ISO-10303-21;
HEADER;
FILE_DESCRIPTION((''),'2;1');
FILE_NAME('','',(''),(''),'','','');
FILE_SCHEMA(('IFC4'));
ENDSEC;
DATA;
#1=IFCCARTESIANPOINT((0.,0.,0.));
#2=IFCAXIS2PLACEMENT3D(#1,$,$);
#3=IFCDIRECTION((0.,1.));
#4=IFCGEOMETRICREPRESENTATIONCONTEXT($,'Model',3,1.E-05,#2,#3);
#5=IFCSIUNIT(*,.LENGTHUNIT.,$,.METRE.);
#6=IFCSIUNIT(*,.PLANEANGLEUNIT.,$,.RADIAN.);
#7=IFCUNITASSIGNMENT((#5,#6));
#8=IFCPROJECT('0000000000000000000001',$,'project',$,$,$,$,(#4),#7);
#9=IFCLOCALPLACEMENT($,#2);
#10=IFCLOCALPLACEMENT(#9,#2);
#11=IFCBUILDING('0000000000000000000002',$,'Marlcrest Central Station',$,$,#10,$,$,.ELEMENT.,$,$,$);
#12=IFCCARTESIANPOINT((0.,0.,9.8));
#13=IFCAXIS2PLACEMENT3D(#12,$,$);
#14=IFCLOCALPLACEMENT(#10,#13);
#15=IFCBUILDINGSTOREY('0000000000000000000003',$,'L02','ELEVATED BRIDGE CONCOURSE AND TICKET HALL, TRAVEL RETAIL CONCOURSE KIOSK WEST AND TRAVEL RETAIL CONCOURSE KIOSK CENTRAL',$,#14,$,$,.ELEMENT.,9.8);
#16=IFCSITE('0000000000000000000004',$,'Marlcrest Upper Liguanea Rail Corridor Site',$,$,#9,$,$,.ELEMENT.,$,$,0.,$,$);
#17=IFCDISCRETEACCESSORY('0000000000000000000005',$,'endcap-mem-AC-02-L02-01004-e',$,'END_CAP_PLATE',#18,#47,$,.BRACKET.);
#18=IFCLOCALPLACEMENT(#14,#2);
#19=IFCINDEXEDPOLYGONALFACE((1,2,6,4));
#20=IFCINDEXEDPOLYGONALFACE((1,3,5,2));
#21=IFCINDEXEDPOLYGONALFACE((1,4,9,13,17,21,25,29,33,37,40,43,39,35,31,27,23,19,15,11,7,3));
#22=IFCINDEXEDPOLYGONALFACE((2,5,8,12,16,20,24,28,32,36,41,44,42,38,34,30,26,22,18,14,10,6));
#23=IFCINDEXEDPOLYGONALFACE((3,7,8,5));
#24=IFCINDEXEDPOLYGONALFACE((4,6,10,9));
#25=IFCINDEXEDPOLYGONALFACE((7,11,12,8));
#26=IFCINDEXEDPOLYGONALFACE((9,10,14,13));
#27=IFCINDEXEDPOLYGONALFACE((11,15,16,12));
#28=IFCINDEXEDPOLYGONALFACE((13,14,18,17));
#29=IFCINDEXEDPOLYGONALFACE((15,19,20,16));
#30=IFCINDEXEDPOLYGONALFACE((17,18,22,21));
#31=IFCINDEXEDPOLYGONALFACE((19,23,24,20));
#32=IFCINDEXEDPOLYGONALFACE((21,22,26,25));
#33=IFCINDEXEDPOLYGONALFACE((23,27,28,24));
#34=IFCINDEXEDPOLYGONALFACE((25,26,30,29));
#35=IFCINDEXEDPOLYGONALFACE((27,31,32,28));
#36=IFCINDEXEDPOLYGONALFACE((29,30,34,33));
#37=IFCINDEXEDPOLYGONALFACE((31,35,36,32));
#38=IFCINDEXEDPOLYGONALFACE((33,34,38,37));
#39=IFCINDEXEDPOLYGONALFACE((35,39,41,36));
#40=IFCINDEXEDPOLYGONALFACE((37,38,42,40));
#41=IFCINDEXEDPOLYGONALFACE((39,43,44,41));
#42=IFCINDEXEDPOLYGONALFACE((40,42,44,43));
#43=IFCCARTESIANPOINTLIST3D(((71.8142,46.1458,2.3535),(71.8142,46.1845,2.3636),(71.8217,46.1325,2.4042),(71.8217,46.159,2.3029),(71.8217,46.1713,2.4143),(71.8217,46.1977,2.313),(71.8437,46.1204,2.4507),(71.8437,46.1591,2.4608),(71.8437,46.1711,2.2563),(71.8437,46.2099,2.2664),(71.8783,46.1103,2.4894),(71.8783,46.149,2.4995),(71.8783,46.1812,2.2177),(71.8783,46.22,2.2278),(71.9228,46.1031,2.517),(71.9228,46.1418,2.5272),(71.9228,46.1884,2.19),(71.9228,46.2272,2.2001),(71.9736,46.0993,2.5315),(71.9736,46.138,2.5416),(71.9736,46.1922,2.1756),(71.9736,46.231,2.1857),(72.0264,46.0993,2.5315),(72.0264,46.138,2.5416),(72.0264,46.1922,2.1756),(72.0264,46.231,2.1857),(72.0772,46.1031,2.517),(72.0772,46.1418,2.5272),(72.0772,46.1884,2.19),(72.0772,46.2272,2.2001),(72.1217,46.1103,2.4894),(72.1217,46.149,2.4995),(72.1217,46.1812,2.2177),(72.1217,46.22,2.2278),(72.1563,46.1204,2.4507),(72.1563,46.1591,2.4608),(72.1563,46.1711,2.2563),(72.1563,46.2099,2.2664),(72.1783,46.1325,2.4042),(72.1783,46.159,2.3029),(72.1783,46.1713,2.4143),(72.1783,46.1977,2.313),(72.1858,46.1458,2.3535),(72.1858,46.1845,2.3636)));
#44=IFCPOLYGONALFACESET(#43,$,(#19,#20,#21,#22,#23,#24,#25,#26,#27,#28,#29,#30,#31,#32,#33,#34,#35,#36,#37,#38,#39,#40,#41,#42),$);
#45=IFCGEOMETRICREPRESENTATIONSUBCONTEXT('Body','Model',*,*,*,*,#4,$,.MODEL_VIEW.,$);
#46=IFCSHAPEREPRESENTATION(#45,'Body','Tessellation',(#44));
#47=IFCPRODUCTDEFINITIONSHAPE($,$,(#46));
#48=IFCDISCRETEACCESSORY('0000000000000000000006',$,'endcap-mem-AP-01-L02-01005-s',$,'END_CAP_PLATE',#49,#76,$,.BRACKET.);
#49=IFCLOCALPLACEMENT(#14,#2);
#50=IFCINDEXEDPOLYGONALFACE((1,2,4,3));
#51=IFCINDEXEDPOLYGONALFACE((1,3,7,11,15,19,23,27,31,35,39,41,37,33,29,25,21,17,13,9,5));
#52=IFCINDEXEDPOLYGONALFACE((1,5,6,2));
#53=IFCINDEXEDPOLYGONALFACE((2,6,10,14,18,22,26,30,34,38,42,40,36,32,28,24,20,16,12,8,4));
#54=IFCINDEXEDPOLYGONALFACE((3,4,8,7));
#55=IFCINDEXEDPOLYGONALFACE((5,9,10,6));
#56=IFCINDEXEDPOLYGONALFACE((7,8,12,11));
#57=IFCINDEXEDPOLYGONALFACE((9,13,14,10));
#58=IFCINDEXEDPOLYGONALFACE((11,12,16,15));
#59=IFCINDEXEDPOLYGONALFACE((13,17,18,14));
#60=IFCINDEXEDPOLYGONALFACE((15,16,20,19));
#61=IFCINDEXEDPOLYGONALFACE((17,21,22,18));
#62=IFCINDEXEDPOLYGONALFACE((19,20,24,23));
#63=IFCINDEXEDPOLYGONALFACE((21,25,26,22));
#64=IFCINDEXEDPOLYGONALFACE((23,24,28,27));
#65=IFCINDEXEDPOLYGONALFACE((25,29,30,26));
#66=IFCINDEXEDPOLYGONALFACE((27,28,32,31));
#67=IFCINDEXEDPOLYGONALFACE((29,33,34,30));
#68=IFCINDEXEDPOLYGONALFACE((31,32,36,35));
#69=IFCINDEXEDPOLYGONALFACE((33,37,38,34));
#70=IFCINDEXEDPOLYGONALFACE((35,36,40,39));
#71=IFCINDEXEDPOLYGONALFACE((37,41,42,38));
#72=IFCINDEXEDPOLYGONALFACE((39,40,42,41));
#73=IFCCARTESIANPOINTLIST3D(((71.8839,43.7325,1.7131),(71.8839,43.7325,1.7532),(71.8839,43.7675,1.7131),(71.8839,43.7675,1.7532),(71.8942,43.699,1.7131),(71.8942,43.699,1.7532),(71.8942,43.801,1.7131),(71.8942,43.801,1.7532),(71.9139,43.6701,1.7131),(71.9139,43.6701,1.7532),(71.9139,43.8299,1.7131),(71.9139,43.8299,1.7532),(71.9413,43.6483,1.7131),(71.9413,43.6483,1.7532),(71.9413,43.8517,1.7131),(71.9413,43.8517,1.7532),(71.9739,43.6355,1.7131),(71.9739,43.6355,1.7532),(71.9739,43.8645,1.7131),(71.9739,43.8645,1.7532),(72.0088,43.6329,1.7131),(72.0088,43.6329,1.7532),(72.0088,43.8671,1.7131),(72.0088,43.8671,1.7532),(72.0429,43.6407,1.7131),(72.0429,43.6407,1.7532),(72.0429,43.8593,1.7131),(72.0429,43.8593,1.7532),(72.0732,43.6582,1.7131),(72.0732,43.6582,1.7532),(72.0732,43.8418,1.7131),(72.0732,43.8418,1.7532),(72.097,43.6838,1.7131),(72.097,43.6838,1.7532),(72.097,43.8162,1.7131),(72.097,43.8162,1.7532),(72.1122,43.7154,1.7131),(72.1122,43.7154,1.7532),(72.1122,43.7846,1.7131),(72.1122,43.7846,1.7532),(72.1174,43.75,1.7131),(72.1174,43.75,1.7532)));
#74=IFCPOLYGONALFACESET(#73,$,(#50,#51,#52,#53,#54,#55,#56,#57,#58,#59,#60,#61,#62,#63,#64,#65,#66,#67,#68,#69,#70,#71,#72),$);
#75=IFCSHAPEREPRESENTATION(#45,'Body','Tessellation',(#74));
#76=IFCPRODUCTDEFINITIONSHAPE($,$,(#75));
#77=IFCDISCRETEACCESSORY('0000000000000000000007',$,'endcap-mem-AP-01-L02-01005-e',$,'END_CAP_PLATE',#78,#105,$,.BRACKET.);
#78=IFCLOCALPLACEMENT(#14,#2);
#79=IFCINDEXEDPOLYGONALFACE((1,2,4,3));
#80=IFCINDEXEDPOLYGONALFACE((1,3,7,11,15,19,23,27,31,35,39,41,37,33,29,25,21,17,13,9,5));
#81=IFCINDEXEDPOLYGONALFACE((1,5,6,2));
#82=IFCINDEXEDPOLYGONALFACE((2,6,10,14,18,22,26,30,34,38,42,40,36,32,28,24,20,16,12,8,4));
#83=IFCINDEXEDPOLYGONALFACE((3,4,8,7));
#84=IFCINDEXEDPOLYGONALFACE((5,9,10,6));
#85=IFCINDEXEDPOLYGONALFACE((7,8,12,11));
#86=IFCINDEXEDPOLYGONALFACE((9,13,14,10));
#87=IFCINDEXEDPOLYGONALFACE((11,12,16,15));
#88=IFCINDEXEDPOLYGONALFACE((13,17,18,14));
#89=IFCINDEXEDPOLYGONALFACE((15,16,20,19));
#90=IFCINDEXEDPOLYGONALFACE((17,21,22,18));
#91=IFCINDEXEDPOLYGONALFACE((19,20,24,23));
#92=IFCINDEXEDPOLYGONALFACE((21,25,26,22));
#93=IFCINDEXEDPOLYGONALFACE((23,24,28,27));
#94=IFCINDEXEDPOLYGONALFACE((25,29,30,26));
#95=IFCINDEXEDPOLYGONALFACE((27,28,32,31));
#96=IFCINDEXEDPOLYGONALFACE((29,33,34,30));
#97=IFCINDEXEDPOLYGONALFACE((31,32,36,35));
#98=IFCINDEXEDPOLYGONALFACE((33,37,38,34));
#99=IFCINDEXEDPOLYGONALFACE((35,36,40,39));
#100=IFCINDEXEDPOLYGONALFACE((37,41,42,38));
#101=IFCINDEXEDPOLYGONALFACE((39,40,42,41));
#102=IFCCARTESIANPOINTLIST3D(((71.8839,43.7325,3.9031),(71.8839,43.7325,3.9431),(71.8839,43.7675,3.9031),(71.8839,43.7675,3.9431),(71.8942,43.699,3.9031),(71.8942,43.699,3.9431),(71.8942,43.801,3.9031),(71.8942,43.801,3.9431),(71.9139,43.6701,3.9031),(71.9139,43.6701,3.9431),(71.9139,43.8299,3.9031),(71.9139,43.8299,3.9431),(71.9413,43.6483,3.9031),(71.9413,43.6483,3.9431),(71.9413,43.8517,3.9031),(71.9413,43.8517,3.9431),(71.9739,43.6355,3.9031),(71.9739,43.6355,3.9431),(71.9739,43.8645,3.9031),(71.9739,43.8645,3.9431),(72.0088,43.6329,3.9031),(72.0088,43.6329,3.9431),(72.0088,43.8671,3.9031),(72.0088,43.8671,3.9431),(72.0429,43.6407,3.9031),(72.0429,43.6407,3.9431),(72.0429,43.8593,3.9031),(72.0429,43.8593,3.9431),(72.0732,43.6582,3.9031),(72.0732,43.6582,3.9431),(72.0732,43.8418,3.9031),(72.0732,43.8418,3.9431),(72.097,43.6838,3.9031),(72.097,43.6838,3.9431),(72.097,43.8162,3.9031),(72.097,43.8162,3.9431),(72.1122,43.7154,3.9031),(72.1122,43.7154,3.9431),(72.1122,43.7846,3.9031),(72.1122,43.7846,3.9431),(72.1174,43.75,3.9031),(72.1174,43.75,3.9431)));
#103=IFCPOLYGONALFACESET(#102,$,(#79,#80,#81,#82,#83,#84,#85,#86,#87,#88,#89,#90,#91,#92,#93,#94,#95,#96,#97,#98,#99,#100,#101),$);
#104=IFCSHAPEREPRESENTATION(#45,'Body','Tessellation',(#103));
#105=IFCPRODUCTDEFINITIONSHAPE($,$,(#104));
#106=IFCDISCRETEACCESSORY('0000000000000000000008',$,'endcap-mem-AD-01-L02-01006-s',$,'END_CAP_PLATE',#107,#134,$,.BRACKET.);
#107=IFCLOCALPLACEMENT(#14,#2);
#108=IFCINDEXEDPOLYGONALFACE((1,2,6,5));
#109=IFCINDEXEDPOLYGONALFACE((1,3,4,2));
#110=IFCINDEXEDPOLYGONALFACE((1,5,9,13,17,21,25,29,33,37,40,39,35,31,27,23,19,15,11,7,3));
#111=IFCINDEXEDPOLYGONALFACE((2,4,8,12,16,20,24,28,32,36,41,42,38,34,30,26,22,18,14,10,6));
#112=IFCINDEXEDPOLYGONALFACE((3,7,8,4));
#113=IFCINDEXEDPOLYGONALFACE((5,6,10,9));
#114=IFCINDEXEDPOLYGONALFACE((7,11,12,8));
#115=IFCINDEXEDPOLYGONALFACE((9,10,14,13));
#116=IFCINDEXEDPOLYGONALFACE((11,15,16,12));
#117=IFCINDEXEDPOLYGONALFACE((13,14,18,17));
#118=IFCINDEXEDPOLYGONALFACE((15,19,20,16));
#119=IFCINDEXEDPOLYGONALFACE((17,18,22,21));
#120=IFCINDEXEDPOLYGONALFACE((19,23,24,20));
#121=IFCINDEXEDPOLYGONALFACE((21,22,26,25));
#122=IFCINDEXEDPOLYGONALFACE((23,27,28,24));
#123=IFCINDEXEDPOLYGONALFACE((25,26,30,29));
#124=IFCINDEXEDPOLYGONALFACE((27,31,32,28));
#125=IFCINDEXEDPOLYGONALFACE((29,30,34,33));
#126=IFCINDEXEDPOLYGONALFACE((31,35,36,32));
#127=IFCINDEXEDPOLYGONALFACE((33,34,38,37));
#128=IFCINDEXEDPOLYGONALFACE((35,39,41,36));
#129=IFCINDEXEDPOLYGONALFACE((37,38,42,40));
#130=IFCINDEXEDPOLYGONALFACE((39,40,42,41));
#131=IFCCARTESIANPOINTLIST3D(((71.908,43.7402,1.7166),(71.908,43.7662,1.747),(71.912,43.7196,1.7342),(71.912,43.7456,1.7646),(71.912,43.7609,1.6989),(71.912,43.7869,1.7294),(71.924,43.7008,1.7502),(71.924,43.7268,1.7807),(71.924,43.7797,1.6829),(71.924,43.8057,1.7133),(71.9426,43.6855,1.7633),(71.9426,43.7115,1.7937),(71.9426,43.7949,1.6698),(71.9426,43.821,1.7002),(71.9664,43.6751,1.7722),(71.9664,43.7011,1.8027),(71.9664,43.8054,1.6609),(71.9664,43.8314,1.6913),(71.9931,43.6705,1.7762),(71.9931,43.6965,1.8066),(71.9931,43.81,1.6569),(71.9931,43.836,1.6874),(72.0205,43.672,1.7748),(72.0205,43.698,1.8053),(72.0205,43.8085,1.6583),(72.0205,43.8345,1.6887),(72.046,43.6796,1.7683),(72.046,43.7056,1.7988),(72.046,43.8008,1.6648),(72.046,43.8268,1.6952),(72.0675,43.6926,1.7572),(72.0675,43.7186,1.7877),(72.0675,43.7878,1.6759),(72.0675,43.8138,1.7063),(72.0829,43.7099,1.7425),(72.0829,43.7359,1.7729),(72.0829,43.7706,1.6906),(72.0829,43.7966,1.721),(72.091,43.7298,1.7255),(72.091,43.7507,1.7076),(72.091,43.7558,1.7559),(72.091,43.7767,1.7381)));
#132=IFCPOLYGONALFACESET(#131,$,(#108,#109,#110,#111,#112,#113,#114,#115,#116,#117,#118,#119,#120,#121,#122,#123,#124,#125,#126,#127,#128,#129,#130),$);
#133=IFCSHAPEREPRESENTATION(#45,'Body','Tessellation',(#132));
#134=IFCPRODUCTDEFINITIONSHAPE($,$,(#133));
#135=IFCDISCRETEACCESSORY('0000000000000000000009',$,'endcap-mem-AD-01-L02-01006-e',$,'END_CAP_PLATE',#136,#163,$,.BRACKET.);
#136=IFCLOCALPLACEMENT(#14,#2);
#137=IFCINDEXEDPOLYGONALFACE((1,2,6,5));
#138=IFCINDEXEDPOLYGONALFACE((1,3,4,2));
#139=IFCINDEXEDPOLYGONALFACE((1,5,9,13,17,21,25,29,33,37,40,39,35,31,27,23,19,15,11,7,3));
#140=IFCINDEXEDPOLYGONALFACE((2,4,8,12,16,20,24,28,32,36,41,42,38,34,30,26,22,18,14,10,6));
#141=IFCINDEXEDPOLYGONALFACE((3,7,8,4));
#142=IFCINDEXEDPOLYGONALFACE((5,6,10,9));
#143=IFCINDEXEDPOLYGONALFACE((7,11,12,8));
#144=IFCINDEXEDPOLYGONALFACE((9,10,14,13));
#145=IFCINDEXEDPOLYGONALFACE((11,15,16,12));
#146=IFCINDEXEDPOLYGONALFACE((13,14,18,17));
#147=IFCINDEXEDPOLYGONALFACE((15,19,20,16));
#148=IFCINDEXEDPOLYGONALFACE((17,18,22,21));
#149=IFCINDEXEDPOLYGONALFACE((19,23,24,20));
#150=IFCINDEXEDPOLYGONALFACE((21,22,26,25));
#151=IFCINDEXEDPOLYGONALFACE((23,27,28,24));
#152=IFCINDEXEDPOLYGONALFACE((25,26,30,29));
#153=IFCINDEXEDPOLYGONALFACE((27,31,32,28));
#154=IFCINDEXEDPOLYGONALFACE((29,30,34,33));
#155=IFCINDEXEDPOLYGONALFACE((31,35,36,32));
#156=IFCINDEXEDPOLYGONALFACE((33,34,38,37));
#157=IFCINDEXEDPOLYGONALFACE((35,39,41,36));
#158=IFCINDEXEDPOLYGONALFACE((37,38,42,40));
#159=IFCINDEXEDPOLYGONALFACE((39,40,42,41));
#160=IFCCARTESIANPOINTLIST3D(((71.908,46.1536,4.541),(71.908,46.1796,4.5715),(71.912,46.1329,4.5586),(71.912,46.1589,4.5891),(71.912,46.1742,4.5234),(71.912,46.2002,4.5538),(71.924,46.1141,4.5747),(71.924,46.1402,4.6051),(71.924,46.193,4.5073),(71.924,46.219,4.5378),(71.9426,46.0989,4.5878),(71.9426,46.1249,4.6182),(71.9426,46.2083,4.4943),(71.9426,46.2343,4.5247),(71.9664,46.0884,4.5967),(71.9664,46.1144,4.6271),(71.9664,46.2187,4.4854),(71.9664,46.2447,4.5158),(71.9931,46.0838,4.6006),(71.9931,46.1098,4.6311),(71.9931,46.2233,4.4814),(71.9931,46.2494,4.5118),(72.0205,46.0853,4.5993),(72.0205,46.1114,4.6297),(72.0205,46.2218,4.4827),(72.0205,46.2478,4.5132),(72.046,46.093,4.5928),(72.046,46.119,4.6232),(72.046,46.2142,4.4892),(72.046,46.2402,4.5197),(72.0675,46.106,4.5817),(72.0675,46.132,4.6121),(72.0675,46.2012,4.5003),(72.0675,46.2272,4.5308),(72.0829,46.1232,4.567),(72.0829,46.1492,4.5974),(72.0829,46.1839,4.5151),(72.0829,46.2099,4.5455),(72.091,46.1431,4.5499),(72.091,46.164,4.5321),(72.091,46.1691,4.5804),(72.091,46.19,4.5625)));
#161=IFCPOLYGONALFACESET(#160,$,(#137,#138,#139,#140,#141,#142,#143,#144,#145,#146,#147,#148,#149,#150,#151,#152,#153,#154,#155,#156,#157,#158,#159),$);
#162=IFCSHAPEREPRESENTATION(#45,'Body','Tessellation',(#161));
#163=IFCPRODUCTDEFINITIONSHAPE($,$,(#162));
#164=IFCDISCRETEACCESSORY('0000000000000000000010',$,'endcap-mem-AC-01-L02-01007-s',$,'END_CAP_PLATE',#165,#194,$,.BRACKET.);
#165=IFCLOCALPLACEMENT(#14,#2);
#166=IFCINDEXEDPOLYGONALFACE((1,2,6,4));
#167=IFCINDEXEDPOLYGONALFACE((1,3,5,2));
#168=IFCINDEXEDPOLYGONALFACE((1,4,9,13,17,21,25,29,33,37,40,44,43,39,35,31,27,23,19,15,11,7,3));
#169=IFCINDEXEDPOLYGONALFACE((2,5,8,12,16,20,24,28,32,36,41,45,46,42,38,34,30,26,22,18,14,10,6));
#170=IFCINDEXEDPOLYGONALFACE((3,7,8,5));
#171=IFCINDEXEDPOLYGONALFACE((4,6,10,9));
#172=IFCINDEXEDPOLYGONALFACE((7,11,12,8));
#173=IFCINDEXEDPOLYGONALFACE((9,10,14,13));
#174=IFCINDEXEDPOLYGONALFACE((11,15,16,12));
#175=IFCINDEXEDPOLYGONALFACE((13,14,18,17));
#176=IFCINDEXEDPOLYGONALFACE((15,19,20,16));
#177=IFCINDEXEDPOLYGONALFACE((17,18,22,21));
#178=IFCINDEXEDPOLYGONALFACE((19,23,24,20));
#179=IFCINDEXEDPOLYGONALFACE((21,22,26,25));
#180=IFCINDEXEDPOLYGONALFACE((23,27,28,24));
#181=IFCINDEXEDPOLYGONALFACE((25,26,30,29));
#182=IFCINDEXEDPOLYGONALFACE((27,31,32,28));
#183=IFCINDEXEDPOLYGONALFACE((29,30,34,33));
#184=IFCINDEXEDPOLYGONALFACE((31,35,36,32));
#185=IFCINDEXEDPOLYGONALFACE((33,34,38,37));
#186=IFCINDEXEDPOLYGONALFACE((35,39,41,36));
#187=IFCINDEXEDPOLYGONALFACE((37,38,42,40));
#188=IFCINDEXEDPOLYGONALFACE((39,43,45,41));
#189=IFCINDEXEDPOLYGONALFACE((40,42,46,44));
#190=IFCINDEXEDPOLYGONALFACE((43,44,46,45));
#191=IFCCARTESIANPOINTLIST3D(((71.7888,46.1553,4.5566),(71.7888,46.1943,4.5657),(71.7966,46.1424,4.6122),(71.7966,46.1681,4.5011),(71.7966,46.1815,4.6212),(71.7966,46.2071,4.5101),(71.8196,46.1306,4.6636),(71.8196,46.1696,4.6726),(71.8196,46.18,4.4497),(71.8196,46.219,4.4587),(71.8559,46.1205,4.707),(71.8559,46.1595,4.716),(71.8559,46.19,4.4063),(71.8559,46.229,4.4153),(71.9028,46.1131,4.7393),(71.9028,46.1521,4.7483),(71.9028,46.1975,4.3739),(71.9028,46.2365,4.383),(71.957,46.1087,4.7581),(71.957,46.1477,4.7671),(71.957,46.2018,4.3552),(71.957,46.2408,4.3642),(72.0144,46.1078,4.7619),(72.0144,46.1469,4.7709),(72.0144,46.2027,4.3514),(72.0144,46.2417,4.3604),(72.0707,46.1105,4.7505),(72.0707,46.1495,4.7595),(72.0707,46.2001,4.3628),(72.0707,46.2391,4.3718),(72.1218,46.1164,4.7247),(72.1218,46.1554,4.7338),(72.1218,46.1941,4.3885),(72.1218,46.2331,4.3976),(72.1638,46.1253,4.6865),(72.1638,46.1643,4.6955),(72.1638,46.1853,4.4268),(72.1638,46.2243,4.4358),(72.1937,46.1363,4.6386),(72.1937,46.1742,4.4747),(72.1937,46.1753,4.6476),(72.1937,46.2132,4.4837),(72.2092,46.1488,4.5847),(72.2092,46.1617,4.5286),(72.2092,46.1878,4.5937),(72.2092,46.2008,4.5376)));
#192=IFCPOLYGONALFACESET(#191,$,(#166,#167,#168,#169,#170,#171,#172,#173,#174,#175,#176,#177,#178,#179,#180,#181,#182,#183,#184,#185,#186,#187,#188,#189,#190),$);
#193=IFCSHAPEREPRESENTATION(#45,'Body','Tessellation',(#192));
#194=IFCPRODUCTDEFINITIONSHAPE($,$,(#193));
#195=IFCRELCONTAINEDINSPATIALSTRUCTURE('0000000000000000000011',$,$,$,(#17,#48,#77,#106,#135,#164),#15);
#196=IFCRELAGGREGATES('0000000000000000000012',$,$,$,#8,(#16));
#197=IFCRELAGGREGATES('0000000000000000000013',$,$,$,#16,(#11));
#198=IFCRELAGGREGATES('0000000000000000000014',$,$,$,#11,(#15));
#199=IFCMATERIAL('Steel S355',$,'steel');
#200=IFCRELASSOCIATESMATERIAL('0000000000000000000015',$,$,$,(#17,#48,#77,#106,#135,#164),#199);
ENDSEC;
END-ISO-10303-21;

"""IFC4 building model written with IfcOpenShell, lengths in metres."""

from ifc_helpers import new_model, si_unit, direction, frame, origin, origin_2d, place, context, subcontext, project, spatial, circle, extrude, material, element, save


model = new_model("IFC4")

# Units and contexts
model_context = context("Model", 3, precision=1e-05, world=origin(), true_north=direction((0.0, 1.0)))
body_context = subcontext(model_context, "Body", "Model", "MODEL_VIEW")
ifc_project = project(units=[si_unit("LENGTHUNIT", "METRE"), si_unit("PLANEANGLEUNIT", "RADIAN")], contexts=[model_context])

# Site, building, storey
site_placement = place(None, origin())
site = spatial("IfcSite", under=ifc_project, at=site_placement, Name="Marlcrest Upper Liguanea Rail Corridor Site", CompositionType="ELEMENT", RefElevation=0.0)
building_placement = place(site_placement, origin())
building = spatial("IfcBuilding", under=site, at=building_placement, Name="Marlcrest Central Station", CompositionType="ELEMENT")
storey_placement = place(building_placement, frame((0.0, 0.0, 9.8)))
storey = spatial("IfcBuildingStorey", under=building, at=storey_placement, Name="L02", Description="ELEVATED BRIDGE CONCOURSE AND TICKET HALL, TRAVEL RETAIL CONCOURSE KIOSK WEST AND TRAVEL RETAIL CONCOURSE KIOSK CENTRAL", CompositionType="ELEMENT", Elevation=9.8)

# Shared definitions
ifc_material = material(Name="Steel S355", Category="steel")

# Discrete accessories
for number, where, z_axis, x_axis, name in (
    (1, (72.0, 46.1458, 2.3535), (0.0, 0.967563, 0.252629), (-1.0, 0.0, 0.0), "endcap-mem-AC-02-L02-01004-e"),
):
    element("IfcDiscreteAccessory", number, at=place(storey_placement, frame(where, z_axis=z_axis, x_axis=x_axis)), inside=storey, material=ifc_material, Name=name, ObjectType="END_CAP_PLATE", PredefinedType="BRACKET", context=body_context, shape_type="SweptSolid", body=[
        extrude(circle(Radius=0.1858, at=origin_2d()), origin(), (0.0, 0.0, 1.0), 0.04),
    ])
for number, where, z_axis, x_axis, name in (
    (2, (72.0, 43.75, 1.7131), (0.0, 0.0, 1.0), (1.0, 0.0, 0.0), "endcap-mem-AP-01-L02-01005-s"),
    (3, (72.0, 43.75, 3.9031), (0.0, 0.0, 1.0), (1.0, 0.0, 0.0), "endcap-mem-AP-01-L02-01005-e"),
):
    element("IfcDiscreteAccessory", number, at=place(storey_placement, frame(where, z_axis=z_axis, x_axis=x_axis)), inside=storey, material=ifc_material, Name=name, ObjectType="END_CAP_PLATE", PredefinedType="BRACKET", context=body_context, shape_type="SweptSolid", body=[
        extrude(circle(Radius=0.1174, at=origin_2d()), origin(), (0.0, 0.0, 1.0), 0.04),
    ])
for number, where, z_axis, x_axis, name in (
    (4, (72.0, 43.7402, 1.7166), (0.0, 0.649625, 0.760255), (-1.0, 0.0, 0.0), "endcap-mem-AD-01-L02-01006-s"),
    (5, (72.0, 46.1536, 4.541), (0.0, 0.649625, 0.760255), (-1.0, 0.0, 0.0), "endcap-mem-AD-01-L02-01006-e"),
):
    element("IfcDiscreteAccessory", number, at=place(storey_placement, frame(where, z_axis=z_axis, x_axis=x_axis)), inside=storey, material=ifc_material, Name=name, ObjectType="END_CAP_PLATE", PredefinedType="BRACKET", context=body_context, shape_type="SweptSolid", body=[
        extrude(circle(Radius=0.092, at=origin_2d()), origin(), (0.0, 0.0, 1.0), 0.04),
    ])
discrete_accessory_1_placement = place(storey_placement, frame((72.0, 46.1553, 4.5566), z_axis=(0.0, 0.97433, 0.225126), x_axis=(-1.0, 0.0, 0.0)))
element("IfcDiscreteAccessory", 6, at=discrete_accessory_1_placement, inside=storey, material=ifc_material, Name="endcap-mem-AC-01-L02-01007-s", ObjectType="END_CAP_PLATE", PredefinedType="BRACKET", context=body_context, shape_type="SweptSolid", body=[
    extrude(circle(Radius=0.2112, at=origin_2d()), origin(), (0.0, 0.0, 1.0), 0.04),
])

save(model, "model.ifc")
